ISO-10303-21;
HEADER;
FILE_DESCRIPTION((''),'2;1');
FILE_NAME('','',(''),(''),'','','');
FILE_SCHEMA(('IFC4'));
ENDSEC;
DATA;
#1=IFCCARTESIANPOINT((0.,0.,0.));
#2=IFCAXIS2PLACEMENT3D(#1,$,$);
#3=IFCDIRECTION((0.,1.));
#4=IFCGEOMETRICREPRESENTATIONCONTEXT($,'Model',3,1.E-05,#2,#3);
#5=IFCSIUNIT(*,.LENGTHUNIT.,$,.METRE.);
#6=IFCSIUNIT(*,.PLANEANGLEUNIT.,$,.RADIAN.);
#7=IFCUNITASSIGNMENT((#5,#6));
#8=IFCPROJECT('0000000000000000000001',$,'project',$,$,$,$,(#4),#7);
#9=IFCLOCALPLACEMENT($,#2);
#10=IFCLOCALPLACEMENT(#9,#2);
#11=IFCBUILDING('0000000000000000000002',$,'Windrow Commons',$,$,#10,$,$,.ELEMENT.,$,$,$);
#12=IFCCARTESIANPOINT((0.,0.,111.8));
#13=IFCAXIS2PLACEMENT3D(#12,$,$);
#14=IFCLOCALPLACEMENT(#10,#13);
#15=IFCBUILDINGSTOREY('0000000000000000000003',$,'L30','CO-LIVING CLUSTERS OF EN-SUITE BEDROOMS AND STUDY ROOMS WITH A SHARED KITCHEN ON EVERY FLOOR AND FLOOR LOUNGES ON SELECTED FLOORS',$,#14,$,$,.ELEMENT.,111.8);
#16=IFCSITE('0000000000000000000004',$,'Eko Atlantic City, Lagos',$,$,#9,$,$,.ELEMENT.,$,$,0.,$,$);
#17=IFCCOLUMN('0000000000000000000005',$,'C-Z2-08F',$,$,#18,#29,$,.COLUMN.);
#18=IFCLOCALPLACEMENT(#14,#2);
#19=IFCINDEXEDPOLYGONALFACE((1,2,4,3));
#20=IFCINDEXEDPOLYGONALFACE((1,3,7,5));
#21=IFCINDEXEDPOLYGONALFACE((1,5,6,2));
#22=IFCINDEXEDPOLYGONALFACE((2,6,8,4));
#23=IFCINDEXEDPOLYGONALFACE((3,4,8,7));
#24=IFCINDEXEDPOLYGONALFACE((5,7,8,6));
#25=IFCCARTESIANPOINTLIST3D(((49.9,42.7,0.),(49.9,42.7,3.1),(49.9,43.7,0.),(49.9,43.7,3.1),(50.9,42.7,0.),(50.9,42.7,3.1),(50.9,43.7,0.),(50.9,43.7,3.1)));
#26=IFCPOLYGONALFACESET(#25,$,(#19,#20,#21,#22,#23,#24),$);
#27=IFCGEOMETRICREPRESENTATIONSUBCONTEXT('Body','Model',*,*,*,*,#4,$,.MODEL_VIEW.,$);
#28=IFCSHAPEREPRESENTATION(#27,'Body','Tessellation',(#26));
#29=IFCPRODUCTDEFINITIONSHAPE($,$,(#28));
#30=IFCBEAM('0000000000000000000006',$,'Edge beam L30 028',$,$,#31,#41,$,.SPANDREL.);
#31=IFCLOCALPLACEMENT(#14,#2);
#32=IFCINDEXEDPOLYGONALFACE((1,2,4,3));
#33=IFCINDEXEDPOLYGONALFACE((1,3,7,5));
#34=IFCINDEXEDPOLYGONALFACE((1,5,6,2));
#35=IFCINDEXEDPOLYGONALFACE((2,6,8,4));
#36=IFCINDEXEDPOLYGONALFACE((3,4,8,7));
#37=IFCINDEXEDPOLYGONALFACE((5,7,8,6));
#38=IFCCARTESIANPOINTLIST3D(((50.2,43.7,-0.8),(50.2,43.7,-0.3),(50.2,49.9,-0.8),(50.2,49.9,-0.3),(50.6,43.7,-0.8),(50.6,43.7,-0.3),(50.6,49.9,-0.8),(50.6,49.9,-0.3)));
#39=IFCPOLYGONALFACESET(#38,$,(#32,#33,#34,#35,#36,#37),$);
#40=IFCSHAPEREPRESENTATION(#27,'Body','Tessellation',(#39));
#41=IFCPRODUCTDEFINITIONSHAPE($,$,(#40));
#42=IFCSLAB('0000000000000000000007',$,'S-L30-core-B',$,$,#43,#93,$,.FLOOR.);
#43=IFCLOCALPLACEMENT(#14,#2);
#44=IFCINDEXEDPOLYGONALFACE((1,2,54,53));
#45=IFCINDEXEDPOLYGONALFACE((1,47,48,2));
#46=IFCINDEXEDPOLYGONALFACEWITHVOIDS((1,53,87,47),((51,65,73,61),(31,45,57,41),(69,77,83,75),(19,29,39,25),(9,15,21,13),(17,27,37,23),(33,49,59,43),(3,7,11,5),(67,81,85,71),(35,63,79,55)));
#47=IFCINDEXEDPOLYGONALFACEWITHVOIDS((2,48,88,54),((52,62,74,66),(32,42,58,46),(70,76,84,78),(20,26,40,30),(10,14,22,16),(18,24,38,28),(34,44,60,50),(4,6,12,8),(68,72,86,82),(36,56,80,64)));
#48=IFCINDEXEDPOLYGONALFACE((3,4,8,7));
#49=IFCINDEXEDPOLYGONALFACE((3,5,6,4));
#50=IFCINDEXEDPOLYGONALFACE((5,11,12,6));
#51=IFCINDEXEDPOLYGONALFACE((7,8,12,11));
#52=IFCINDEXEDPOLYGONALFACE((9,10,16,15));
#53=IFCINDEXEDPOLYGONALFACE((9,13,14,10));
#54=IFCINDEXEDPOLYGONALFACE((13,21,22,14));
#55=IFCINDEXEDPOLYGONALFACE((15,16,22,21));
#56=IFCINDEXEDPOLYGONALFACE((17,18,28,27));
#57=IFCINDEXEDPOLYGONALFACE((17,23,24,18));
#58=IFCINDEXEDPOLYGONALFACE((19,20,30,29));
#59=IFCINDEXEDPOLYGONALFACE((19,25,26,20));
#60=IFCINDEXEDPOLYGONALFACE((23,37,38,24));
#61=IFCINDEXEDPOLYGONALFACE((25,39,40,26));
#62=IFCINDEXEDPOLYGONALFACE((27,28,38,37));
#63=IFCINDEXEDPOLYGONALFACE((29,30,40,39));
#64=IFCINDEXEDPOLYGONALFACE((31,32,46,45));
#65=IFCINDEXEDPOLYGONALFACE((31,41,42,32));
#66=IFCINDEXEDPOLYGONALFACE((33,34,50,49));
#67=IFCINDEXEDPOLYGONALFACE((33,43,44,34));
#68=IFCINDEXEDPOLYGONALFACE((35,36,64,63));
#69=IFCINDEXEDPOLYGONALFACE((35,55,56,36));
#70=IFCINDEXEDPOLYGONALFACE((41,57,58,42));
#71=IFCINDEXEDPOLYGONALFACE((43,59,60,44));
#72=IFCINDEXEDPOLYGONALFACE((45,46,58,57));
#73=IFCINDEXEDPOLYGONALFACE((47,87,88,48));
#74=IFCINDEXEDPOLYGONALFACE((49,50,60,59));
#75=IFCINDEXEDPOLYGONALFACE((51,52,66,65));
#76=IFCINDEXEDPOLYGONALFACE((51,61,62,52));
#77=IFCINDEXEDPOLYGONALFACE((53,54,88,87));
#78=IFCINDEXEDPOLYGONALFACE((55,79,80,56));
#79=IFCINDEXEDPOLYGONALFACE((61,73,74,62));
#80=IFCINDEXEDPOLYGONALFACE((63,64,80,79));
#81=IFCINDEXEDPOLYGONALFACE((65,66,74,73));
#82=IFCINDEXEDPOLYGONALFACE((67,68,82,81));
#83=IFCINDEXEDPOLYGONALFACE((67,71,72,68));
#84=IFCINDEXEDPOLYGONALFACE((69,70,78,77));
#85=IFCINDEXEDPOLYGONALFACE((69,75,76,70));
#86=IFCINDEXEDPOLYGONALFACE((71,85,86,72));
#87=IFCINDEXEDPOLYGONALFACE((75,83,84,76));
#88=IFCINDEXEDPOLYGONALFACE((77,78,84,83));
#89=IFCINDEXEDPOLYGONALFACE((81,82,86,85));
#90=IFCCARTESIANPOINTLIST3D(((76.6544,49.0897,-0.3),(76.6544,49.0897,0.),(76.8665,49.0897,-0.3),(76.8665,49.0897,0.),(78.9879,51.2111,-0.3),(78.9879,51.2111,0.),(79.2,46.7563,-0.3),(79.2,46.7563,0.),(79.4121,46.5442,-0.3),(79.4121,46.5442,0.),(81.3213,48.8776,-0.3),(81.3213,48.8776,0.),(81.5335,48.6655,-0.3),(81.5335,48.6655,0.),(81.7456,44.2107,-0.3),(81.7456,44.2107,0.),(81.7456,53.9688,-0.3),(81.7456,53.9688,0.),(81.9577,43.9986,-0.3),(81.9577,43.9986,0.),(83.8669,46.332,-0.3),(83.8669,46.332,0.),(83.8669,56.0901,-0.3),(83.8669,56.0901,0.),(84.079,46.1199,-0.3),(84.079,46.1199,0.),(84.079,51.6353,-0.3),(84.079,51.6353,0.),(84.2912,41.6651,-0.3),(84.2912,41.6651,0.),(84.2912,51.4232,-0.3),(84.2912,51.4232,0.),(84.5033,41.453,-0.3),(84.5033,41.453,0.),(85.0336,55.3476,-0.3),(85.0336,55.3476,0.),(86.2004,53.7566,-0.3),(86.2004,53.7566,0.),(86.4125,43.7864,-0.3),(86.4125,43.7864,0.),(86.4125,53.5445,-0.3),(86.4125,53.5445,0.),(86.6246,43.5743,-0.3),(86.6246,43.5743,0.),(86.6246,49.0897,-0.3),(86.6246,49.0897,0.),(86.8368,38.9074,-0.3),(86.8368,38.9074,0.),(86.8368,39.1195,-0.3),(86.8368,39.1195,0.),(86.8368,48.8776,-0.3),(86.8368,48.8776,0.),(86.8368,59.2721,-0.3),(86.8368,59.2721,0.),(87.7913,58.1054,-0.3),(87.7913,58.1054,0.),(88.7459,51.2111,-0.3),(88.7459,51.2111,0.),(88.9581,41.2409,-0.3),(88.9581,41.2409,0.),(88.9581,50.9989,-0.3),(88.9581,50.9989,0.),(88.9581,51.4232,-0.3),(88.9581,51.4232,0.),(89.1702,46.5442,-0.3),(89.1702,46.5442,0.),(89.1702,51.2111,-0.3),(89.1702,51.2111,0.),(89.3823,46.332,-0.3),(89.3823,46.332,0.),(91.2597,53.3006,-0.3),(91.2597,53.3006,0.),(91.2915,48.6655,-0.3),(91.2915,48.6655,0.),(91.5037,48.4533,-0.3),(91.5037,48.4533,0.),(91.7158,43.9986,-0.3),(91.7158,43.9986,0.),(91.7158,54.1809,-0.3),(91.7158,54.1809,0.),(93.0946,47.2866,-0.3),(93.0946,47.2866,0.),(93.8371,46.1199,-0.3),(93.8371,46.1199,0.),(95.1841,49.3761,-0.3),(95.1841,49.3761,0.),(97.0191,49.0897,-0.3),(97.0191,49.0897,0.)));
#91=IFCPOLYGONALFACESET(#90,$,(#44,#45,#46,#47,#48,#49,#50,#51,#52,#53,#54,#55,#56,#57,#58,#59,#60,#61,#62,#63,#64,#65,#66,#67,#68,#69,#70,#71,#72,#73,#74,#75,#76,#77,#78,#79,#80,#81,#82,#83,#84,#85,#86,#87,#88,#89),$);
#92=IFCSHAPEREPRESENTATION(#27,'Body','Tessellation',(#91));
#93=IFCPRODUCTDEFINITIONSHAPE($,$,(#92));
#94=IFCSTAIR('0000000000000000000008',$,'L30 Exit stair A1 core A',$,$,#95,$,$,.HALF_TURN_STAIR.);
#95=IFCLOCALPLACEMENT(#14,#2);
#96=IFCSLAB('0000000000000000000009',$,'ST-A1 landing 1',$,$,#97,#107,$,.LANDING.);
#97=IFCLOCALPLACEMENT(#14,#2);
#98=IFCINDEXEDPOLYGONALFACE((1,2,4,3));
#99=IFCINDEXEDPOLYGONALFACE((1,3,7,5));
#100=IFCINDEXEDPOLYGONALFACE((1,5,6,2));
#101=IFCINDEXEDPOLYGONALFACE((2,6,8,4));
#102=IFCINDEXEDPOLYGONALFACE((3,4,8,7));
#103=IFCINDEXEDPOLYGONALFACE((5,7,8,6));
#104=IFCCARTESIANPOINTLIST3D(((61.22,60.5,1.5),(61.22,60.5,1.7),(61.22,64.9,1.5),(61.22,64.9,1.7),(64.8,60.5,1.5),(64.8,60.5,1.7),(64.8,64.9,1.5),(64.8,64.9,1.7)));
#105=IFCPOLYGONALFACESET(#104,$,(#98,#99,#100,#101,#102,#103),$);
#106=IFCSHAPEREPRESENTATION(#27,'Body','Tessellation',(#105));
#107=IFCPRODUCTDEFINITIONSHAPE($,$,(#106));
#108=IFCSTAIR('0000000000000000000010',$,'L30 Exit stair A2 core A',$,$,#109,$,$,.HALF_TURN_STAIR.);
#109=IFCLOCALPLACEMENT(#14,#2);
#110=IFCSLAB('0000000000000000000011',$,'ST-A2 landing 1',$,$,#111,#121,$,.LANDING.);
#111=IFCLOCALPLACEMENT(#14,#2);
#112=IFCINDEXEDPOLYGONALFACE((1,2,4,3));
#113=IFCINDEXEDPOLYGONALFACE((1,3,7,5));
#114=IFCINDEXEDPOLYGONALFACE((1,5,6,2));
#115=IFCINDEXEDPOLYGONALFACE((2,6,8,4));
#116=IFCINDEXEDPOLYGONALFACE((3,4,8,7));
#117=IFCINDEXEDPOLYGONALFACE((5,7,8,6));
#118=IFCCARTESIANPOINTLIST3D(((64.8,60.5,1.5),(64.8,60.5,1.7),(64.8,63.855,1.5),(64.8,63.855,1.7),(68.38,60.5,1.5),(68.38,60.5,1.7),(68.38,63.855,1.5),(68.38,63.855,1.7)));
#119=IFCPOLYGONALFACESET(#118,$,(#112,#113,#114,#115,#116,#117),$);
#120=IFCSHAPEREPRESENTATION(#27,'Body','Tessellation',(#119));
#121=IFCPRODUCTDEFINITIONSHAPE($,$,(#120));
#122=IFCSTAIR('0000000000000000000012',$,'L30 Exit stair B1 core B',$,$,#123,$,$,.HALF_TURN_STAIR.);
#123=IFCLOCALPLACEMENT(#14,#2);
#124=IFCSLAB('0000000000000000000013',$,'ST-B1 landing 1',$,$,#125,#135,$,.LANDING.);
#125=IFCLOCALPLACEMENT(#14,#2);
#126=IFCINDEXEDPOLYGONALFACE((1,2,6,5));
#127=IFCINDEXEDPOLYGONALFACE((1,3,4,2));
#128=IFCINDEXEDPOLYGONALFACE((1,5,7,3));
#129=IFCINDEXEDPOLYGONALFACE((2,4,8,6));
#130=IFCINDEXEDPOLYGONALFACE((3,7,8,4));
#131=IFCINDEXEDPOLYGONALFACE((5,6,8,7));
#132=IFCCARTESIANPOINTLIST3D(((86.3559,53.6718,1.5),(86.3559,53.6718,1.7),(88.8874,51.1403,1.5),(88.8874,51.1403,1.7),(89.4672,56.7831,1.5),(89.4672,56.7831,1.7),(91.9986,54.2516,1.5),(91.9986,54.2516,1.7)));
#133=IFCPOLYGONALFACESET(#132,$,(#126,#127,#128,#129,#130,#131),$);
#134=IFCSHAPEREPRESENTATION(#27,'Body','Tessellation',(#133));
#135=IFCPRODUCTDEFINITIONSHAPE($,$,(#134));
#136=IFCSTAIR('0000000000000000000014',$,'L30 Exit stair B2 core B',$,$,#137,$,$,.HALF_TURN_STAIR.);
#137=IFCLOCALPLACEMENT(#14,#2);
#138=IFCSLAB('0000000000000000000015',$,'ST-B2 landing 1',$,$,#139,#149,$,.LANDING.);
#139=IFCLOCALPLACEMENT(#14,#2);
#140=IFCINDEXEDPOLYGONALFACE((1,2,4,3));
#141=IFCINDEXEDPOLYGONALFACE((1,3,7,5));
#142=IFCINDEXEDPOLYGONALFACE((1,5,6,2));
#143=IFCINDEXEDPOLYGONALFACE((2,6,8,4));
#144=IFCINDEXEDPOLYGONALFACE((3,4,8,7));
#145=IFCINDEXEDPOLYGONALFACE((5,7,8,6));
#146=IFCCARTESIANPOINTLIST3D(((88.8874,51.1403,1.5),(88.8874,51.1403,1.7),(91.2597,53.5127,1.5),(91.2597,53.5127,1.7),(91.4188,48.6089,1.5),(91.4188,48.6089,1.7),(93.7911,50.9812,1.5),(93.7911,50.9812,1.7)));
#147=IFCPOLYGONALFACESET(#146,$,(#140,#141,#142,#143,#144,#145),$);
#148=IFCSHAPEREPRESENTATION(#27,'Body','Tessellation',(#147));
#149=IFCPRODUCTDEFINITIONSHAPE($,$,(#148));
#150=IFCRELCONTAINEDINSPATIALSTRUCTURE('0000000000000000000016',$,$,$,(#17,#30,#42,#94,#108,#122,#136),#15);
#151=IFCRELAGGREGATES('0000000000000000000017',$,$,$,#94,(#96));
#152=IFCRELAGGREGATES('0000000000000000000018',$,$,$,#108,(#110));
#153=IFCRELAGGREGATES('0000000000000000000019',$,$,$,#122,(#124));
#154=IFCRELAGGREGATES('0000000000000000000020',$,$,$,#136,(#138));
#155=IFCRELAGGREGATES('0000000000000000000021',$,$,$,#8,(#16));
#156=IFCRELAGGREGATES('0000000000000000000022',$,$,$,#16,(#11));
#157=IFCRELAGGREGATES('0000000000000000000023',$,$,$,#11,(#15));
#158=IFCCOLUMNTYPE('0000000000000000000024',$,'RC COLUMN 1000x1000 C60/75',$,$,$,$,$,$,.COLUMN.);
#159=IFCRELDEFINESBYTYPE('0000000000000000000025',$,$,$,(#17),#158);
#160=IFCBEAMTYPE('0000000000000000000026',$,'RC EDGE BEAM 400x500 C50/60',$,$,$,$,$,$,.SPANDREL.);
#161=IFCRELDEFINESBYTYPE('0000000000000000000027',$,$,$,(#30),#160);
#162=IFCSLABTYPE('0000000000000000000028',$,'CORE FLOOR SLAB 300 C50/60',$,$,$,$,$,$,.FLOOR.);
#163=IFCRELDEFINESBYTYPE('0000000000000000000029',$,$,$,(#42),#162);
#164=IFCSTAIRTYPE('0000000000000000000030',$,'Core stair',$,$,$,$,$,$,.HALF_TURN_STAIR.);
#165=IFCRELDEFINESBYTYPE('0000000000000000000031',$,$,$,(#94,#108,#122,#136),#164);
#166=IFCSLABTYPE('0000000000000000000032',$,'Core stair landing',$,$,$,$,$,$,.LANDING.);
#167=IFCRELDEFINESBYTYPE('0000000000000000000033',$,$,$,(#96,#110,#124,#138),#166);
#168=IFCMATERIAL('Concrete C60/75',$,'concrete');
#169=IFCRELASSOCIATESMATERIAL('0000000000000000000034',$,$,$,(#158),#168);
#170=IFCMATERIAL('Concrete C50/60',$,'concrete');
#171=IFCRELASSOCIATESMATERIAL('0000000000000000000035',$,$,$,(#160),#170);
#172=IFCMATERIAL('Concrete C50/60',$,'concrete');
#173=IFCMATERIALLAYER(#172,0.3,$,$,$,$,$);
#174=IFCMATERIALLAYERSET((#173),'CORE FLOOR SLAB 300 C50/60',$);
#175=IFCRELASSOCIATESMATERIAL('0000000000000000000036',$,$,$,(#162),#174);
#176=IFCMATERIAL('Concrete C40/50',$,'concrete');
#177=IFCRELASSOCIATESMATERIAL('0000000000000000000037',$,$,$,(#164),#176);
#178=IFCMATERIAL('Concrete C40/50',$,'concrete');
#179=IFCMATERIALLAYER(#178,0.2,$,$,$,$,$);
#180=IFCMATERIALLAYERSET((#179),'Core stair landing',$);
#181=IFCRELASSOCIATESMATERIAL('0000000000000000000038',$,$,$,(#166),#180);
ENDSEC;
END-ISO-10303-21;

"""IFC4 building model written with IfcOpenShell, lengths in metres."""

from ifc_helpers import new_model, si_unit, direction, frame, origin, origin_2d, place, context, subcontext, project, spatial, polyline, rectangle, outline, extrude, material, layer, layer_set, material_profile, profile_set, type_object, element, aggregate, save


model = new_model("IFC4")

# Units and contexts
model_context = context("Model", 3, precision=1e-05, world=origin(), true_north=direction((0.0, 1.0)))
body_context = subcontext(model_context, "Body", "Model", "MODEL_VIEW")
ifc_project = project(units=[si_unit("LENGTHUNIT", "METRE"), si_unit("PLANEANGLEUNIT", "RADIAN")], contexts=[model_context])

# Site, building, storey
site_placement = place(None, origin())
site = spatial("IfcSite", under=ifc_project, at=site_placement, Name="Eko Atlantic City, Lagos", CompositionType="ELEMENT", RefElevation=0.0)
building_placement = place(site_placement, origin())
building = spatial("IfcBuilding", under=site, at=building_placement, Name="Windrow Commons", CompositionType="ELEMENT")
storey_placement = place(building_placement, frame((0.0, 0.0, 111.8)))
storey = spatial("IfcBuildingStorey", under=building, at=storey_placement, Name="L30", Description="CO-LIVING CLUSTERS OF EN-SUITE BEDROOMS AND STUDY ROOMS WITH A SHARED KITCHEN ON EVERY FLOOR AND FLOOR LOUNGES ON SELECTED FLOORS", CompositionType="ELEMENT", Elevation=111.8)

# Column
ifc_material_1 = material(Name="Concrete C60/75", Category="concrete")
ifc_material_profile_1 = material_profile(ifc_material_1, rectangle(XDim=1.0, YDim=1.0, at=origin_2d()))
ifc_profile_set_1 = profile_set([ifc_material_profile_1], Name="Concrete C60/75")
column_type = type_object("IfcColumnType", Name="RC COLUMN 1000x1000 C60/75", PredefinedType="COLUMN", material=ifc_profile_set_1)
column_placement = place(storey_placement, frame((50.4, 43.2, 0.0), z_axis=(0.0, 0.0, 1.0), x_axis=(1.0, 0.0, 0.0)))
element("IfcColumn", 1, at=column_placement, inside=storey, type_object=column_type, Name="C-Z2-08F", PredefinedType="COLUMN", context=body_context, shape_type="SweptSolid", body=[
    extrude(rectangle(XDim=1.0, YDim=1.0, at=origin_2d()), origin(), (0.0, 0.0, 1.0), 3.1),
])

# Beam
ifc_material_2 = material(Name="Concrete C50/60", Category="concrete")
ifc_material_profile_2 = material_profile(ifc_material_2, rectangle(XDim=0.4, YDim=0.5, at=origin_2d()))
ifc_profile_set_2 = profile_set([ifc_material_profile_2], Name="Concrete C50/60")
beam_type = type_object("IfcBeamType", Name="RC EDGE BEAM 400x500 C50/60", PredefinedType="SPANDREL", material=ifc_profile_set_2)
beam_placement = place(storey_placement, frame((50.4, 43.7, -0.55), z_axis=(0.0, 1.0, 0.0), x_axis=(-1.0, 0.0, 0.0)))
element("IfcBeam", 2, at=beam_placement, inside=storey, type_object=beam_type, Name="Edge beam L30 028", PredefinedType="SPANDREL", context=body_context, shape_type="SweptSolid", body=[
    extrude(rectangle(XDim=0.4, YDim=0.5, at=origin_2d()), origin(), (0.0, 0.0, 1.0), 6.2),
])

# Slab, openings
ifc_material_3 = material(Name="Concrete C50/60", Category="concrete")
ifc_layer_1 = layer(ifc_material_3, 0.3)
ifc_layer_set_1 = layer_set([ifc_layer_1], Name="CORE FLOOR SLAB 300 C50/60")
slab_type_1 = type_object("IfcSlabType", Name="CORE FLOOR SLAB 300 C50/60", PredefinedType="FLOOR", material=ifc_layer_set_1)
placement_1 = place(storey_placement, frame((0.0, 0.0, -0.3)))
slab_1 = element("IfcSlab", 3, at=placement_1, inside=storey, type_object=slab_type_1, Name="S-L30-core-B", PredefinedType="FLOOR", context=body_context, shape_type="SweptSolid", body=[
    extrude(outline(polyline([(76.6544, 49.0897), (86.8368, 38.9074), (97.0191, 49.0897), (86.8368, 59.2721), (76.6544, 49.0897)]), holes=[polyline([(76.8665, 49.0897), (79.2, 46.7563), (81.3213, 48.8776), (78.9879, 51.2111), (76.8665, 49.0897)]), polyline([(79.4121, 46.5442), (81.7456, 44.2107), (83.8669, 46.332), (81.5335, 48.6655), (79.4121, 46.5442)]), polyline([(81.9577, 43.9986), (84.2912, 41.6651), (86.4125, 43.7864), (84.079, 46.1199), (81.9577, 43.9986)]), polyline([(84.5033, 41.453), (86.8368, 39.1195), (88.9581, 41.2409), (86.6246, 43.5743), (84.5033, 41.453)]), polyline([(81.7456, 53.9688), (84.079, 51.6353), (86.2004, 53.7566), (83.8669, 56.0901), (81.7456, 53.9688)]), polyline([(84.2912, 51.4232), (86.6246, 49.0897), (88.7459, 51.2111), (86.4125, 53.5445), (84.2912, 51.4232)]), polyline([(86.8368, 48.8776), (89.1702, 46.5442), (91.2915, 48.6655), (88.9581, 50.9989), (86.8368, 48.8776)]), polyline([(89.3823, 46.332), (91.7158, 43.9986), (93.8371, 46.1199), (91.5037, 48.4533), (89.3823, 46.332)]), polyline([(85.0336, 55.3476), (88.9581, 51.4232), (91.7158, 54.1809), (87.7913, 58.1054), (85.0336, 55.3476)]), polyline([(89.1702, 51.2111), (93.0946, 47.2866), (95.1841, 49.3761), (91.2597, 53.3006), (89.1702, 51.2111)])]), origin(), (0.0, 0.0, 1.0), 0.3),
])
opening_1_placement = place(placement_1, origin())
element("IfcOpeningElement", 4, at=opening_1_placement, cuts=slab_1, PredefinedType="OPENING", context=body_context, shape_type="SweptSolid", body=[
    extrude(outline(polyline([(76.8736, 49.0897), (78.9879, 51.204), (81.3142, 48.8776), (79.2, 46.7634), (76.8736, 49.0897)])), origin(), (0.0, 0.0, 1.0), 0.3),
])
opening_2_placement = place(placement_1, origin())
element("IfcOpeningElement", 5, at=opening_2_placement, cuts=slab_1, PredefinedType="OPENING", context=body_context, shape_type="SweptSolid", body=[
    extrude(outline(polyline([(79.4192, 46.5442), (81.5335, 48.6584), (83.8598, 46.332), (81.7456, 44.2178), (79.4192, 46.5442)])), origin(), (0.0, 0.0, 1.0), 0.3),
])
opening_3_placement = place(placement_1, origin())
element("IfcOpeningElement", 6, at=opening_3_placement, cuts=slab_1, PredefinedType="OPENING", context=body_context, shape_type="SweptSolid", body=[
    extrude(outline(polyline([(81.9648, 43.9986), (84.079, 46.1128), (86.4054, 43.7864), (84.2912, 41.6722), (81.9648, 43.9986)])), origin(), (0.0, 0.0, 1.0), 0.3),
])
opening_4_placement = place(placement_1, origin())
element("IfcOpeningElement", 7, at=opening_4_placement, cuts=slab_1, PredefinedType="OPENING", context=body_context, shape_type="SweptSolid", body=[
    extrude(outline(polyline([(84.5104, 41.453), (86.6246, 43.5672), (88.951, 41.2409), (86.8368, 39.1266), (84.5104, 41.453)])), origin(), (0.0, 0.0, 1.0), 0.3),
])
opening_5_placement = place(placement_1, origin())
element("IfcOpeningElement", 8, at=opening_5_placement, cuts=slab_1, PredefinedType="OPENING", context=body_context, shape_type="SweptSolid", body=[
    extrude(outline(polyline([(81.7527, 53.9688), (83.8669, 56.083), (86.1933, 53.7566), (84.079, 51.6424), (81.7527, 53.9688)])), origin(), (0.0, 0.0, 1.0), 0.3),
])
opening_6_placement = place(placement_1, origin())
element("IfcOpeningElement", 9, at=opening_6_placement, cuts=slab_1, PredefinedType="OPENING", context=body_context, shape_type="SweptSolid", body=[
    extrude(outline(polyline([(84.2983, 51.4232), (86.4125, 53.5374), (88.7388, 51.2111), (86.6246, 49.0968), (84.2983, 51.4232)])), origin(), (0.0, 0.0, 1.0), 0.3),
])
opening_7_placement = place(placement_1, origin())
element("IfcOpeningElement", 10, at=opening_7_placement, cuts=slab_1, PredefinedType="OPENING", context=body_context, shape_type="SweptSolid", body=[
    extrude(outline(polyline([(86.8439, 48.8776), (88.9581, 50.9918), (91.2844, 48.6655), (89.1702, 46.5513), (86.8439, 48.8776)])), origin(), (0.0, 0.0, 1.0), 0.3),
])
opening_8_placement = place(placement_1, origin())
element("IfcOpeningElement", 11, at=opening_8_placement, cuts=slab_1, PredefinedType="OPENING", context=body_context, shape_type="SweptSolid", body=[
    extrude(outline(polyline([(89.3894, 46.332), (91.5037, 48.4462), (93.83, 46.1199), (91.7158, 44.0057), (89.3894, 46.332)])), origin(), (0.0, 0.0, 1.0), 0.3),
])
opening_9_placement = place(placement_1, origin())
element("IfcOpeningElement", 12, at=opening_9_placement, cuts=slab_1, PredefinedType="OPENING", context=body_context, shape_type="SweptSolid", body=[
    extrude(outline(polyline([(85.0407, 55.3476), (87.7913, 58.0983), (91.7087, 54.1809), (88.9581, 51.4303), (85.0407, 55.3476)])), origin(), (0.0, 0.0, 1.0), 0.3),
])
opening_10_placement = place(placement_1, origin())
element("IfcOpeningElement", 13, at=opening_10_placement, cuts=slab_1, PredefinedType="OPENING", context=body_context, shape_type="SweptSolid", body=[
    extrude(outline(polyline([(89.1773, 51.2111), (91.2597, 53.2935), (95.177, 49.3761), (93.0946, 47.2937), (89.1773, 51.2111)])), origin(), (0.0, 0.0, 1.0), 0.3),
])

# Stairs, slabs
ifc_material_4 = material(Name="Concrete C40/50", Category="concrete")
stair_type = type_object("IfcStairType", Name="Core stair", PredefinedType="HALF_TURN_STAIR", material=ifc_material_4)
placement_2 = place(storey_placement, origin())
stair_1 = element("IfcStair", 14, at=placement_2, inside=storey, type_object=stair_type, Name="L30 Exit stair A1 core A", PredefinedType="HALF_TURN_STAIR")
ifc_material_5 = material(Name="Concrete C40/50", Category="concrete")
ifc_layer_2 = layer(ifc_material_5, 0.2)
ifc_layer_set_2 = layer_set([ifc_layer_2], Name="Core stair landing")
slab_type_2 = type_object("IfcSlabType", Name="Core stair landing", PredefinedType="LANDING", material=ifc_layer_set_2)
placement_3 = place(storey_placement, frame((0.0, 0.0, 1.5)))
slab_2 = element("IfcSlab", 15, at=placement_3, type_object=slab_type_2, Name="ST-A1 landing 1", PredefinedType="LANDING", context=body_context, shape_type="SweptSolid", body=[
    extrude(outline(polyline([(61.22, 60.5), (64.8, 60.5), (64.8, 64.9), (61.22, 64.9), (61.22, 60.5)])), origin(), (0.0, 0.0, 1.0), 0.2),
])
aggregate(stair_1, [slab_2])
stair_2 = element("IfcStair", 16, at=placement_2, inside=storey, type_object=stair_type, Name="L30 Exit stair A2 core A", PredefinedType="HALF_TURN_STAIR")
slab_3 = element("IfcSlab", 17, at=placement_3, type_object=slab_type_2, Name="ST-A2 landing 1", PredefinedType="LANDING", context=body_context, shape_type="SweptSolid", body=[
    extrude(outline(polyline([(64.8, 60.5), (68.38, 60.5), (68.38, 63.855), (64.8, 63.855), (64.8, 60.5)])), origin(), (0.0, 0.0, 1.0), 0.2),
])
aggregate(stair_2, [slab_3])
stair_3 = element("IfcStair", 18, at=placement_2, inside=storey, type_object=stair_type, Name="L30 Exit stair B1 core B", PredefinedType="HALF_TURN_STAIR")
slab_4 = element("IfcSlab", 19, at=placement_3, type_object=slab_type_2, Name="ST-B1 landing 1", PredefinedType="LANDING", context=body_context, shape_type="SweptSolid", body=[
    extrude(outline(polyline([(86.3559, 53.6718), (88.8874, 51.1403), (91.9986, 54.2516), (89.4672, 56.7831), (86.3559, 53.6718)])), origin(), (0.0, 0.0, 1.0), 0.2),
])
aggregate(stair_3, [slab_4])
stair_4 = element("IfcStair", 20, at=placement_2, inside=storey, type_object=stair_type, Name="L30 Exit stair B2 core B", PredefinedType="HALF_TURN_STAIR")
slab_5 = element("IfcSlab", 21, at=placement_3, type_object=slab_type_2, Name="ST-B2 landing 1", PredefinedType="LANDING", context=body_context, shape_type="SweptSolid", body=[
    extrude(outline(polyline([(88.8874, 51.1403), (91.4188, 48.6089), (93.7911, 50.9812), (91.2597, 53.5127), (88.8874, 51.1403)])), origin(), (0.0, 0.0, 1.0), 0.2),
])
aggregate(stair_4, [slab_5])

save(model, "model.ifc")
